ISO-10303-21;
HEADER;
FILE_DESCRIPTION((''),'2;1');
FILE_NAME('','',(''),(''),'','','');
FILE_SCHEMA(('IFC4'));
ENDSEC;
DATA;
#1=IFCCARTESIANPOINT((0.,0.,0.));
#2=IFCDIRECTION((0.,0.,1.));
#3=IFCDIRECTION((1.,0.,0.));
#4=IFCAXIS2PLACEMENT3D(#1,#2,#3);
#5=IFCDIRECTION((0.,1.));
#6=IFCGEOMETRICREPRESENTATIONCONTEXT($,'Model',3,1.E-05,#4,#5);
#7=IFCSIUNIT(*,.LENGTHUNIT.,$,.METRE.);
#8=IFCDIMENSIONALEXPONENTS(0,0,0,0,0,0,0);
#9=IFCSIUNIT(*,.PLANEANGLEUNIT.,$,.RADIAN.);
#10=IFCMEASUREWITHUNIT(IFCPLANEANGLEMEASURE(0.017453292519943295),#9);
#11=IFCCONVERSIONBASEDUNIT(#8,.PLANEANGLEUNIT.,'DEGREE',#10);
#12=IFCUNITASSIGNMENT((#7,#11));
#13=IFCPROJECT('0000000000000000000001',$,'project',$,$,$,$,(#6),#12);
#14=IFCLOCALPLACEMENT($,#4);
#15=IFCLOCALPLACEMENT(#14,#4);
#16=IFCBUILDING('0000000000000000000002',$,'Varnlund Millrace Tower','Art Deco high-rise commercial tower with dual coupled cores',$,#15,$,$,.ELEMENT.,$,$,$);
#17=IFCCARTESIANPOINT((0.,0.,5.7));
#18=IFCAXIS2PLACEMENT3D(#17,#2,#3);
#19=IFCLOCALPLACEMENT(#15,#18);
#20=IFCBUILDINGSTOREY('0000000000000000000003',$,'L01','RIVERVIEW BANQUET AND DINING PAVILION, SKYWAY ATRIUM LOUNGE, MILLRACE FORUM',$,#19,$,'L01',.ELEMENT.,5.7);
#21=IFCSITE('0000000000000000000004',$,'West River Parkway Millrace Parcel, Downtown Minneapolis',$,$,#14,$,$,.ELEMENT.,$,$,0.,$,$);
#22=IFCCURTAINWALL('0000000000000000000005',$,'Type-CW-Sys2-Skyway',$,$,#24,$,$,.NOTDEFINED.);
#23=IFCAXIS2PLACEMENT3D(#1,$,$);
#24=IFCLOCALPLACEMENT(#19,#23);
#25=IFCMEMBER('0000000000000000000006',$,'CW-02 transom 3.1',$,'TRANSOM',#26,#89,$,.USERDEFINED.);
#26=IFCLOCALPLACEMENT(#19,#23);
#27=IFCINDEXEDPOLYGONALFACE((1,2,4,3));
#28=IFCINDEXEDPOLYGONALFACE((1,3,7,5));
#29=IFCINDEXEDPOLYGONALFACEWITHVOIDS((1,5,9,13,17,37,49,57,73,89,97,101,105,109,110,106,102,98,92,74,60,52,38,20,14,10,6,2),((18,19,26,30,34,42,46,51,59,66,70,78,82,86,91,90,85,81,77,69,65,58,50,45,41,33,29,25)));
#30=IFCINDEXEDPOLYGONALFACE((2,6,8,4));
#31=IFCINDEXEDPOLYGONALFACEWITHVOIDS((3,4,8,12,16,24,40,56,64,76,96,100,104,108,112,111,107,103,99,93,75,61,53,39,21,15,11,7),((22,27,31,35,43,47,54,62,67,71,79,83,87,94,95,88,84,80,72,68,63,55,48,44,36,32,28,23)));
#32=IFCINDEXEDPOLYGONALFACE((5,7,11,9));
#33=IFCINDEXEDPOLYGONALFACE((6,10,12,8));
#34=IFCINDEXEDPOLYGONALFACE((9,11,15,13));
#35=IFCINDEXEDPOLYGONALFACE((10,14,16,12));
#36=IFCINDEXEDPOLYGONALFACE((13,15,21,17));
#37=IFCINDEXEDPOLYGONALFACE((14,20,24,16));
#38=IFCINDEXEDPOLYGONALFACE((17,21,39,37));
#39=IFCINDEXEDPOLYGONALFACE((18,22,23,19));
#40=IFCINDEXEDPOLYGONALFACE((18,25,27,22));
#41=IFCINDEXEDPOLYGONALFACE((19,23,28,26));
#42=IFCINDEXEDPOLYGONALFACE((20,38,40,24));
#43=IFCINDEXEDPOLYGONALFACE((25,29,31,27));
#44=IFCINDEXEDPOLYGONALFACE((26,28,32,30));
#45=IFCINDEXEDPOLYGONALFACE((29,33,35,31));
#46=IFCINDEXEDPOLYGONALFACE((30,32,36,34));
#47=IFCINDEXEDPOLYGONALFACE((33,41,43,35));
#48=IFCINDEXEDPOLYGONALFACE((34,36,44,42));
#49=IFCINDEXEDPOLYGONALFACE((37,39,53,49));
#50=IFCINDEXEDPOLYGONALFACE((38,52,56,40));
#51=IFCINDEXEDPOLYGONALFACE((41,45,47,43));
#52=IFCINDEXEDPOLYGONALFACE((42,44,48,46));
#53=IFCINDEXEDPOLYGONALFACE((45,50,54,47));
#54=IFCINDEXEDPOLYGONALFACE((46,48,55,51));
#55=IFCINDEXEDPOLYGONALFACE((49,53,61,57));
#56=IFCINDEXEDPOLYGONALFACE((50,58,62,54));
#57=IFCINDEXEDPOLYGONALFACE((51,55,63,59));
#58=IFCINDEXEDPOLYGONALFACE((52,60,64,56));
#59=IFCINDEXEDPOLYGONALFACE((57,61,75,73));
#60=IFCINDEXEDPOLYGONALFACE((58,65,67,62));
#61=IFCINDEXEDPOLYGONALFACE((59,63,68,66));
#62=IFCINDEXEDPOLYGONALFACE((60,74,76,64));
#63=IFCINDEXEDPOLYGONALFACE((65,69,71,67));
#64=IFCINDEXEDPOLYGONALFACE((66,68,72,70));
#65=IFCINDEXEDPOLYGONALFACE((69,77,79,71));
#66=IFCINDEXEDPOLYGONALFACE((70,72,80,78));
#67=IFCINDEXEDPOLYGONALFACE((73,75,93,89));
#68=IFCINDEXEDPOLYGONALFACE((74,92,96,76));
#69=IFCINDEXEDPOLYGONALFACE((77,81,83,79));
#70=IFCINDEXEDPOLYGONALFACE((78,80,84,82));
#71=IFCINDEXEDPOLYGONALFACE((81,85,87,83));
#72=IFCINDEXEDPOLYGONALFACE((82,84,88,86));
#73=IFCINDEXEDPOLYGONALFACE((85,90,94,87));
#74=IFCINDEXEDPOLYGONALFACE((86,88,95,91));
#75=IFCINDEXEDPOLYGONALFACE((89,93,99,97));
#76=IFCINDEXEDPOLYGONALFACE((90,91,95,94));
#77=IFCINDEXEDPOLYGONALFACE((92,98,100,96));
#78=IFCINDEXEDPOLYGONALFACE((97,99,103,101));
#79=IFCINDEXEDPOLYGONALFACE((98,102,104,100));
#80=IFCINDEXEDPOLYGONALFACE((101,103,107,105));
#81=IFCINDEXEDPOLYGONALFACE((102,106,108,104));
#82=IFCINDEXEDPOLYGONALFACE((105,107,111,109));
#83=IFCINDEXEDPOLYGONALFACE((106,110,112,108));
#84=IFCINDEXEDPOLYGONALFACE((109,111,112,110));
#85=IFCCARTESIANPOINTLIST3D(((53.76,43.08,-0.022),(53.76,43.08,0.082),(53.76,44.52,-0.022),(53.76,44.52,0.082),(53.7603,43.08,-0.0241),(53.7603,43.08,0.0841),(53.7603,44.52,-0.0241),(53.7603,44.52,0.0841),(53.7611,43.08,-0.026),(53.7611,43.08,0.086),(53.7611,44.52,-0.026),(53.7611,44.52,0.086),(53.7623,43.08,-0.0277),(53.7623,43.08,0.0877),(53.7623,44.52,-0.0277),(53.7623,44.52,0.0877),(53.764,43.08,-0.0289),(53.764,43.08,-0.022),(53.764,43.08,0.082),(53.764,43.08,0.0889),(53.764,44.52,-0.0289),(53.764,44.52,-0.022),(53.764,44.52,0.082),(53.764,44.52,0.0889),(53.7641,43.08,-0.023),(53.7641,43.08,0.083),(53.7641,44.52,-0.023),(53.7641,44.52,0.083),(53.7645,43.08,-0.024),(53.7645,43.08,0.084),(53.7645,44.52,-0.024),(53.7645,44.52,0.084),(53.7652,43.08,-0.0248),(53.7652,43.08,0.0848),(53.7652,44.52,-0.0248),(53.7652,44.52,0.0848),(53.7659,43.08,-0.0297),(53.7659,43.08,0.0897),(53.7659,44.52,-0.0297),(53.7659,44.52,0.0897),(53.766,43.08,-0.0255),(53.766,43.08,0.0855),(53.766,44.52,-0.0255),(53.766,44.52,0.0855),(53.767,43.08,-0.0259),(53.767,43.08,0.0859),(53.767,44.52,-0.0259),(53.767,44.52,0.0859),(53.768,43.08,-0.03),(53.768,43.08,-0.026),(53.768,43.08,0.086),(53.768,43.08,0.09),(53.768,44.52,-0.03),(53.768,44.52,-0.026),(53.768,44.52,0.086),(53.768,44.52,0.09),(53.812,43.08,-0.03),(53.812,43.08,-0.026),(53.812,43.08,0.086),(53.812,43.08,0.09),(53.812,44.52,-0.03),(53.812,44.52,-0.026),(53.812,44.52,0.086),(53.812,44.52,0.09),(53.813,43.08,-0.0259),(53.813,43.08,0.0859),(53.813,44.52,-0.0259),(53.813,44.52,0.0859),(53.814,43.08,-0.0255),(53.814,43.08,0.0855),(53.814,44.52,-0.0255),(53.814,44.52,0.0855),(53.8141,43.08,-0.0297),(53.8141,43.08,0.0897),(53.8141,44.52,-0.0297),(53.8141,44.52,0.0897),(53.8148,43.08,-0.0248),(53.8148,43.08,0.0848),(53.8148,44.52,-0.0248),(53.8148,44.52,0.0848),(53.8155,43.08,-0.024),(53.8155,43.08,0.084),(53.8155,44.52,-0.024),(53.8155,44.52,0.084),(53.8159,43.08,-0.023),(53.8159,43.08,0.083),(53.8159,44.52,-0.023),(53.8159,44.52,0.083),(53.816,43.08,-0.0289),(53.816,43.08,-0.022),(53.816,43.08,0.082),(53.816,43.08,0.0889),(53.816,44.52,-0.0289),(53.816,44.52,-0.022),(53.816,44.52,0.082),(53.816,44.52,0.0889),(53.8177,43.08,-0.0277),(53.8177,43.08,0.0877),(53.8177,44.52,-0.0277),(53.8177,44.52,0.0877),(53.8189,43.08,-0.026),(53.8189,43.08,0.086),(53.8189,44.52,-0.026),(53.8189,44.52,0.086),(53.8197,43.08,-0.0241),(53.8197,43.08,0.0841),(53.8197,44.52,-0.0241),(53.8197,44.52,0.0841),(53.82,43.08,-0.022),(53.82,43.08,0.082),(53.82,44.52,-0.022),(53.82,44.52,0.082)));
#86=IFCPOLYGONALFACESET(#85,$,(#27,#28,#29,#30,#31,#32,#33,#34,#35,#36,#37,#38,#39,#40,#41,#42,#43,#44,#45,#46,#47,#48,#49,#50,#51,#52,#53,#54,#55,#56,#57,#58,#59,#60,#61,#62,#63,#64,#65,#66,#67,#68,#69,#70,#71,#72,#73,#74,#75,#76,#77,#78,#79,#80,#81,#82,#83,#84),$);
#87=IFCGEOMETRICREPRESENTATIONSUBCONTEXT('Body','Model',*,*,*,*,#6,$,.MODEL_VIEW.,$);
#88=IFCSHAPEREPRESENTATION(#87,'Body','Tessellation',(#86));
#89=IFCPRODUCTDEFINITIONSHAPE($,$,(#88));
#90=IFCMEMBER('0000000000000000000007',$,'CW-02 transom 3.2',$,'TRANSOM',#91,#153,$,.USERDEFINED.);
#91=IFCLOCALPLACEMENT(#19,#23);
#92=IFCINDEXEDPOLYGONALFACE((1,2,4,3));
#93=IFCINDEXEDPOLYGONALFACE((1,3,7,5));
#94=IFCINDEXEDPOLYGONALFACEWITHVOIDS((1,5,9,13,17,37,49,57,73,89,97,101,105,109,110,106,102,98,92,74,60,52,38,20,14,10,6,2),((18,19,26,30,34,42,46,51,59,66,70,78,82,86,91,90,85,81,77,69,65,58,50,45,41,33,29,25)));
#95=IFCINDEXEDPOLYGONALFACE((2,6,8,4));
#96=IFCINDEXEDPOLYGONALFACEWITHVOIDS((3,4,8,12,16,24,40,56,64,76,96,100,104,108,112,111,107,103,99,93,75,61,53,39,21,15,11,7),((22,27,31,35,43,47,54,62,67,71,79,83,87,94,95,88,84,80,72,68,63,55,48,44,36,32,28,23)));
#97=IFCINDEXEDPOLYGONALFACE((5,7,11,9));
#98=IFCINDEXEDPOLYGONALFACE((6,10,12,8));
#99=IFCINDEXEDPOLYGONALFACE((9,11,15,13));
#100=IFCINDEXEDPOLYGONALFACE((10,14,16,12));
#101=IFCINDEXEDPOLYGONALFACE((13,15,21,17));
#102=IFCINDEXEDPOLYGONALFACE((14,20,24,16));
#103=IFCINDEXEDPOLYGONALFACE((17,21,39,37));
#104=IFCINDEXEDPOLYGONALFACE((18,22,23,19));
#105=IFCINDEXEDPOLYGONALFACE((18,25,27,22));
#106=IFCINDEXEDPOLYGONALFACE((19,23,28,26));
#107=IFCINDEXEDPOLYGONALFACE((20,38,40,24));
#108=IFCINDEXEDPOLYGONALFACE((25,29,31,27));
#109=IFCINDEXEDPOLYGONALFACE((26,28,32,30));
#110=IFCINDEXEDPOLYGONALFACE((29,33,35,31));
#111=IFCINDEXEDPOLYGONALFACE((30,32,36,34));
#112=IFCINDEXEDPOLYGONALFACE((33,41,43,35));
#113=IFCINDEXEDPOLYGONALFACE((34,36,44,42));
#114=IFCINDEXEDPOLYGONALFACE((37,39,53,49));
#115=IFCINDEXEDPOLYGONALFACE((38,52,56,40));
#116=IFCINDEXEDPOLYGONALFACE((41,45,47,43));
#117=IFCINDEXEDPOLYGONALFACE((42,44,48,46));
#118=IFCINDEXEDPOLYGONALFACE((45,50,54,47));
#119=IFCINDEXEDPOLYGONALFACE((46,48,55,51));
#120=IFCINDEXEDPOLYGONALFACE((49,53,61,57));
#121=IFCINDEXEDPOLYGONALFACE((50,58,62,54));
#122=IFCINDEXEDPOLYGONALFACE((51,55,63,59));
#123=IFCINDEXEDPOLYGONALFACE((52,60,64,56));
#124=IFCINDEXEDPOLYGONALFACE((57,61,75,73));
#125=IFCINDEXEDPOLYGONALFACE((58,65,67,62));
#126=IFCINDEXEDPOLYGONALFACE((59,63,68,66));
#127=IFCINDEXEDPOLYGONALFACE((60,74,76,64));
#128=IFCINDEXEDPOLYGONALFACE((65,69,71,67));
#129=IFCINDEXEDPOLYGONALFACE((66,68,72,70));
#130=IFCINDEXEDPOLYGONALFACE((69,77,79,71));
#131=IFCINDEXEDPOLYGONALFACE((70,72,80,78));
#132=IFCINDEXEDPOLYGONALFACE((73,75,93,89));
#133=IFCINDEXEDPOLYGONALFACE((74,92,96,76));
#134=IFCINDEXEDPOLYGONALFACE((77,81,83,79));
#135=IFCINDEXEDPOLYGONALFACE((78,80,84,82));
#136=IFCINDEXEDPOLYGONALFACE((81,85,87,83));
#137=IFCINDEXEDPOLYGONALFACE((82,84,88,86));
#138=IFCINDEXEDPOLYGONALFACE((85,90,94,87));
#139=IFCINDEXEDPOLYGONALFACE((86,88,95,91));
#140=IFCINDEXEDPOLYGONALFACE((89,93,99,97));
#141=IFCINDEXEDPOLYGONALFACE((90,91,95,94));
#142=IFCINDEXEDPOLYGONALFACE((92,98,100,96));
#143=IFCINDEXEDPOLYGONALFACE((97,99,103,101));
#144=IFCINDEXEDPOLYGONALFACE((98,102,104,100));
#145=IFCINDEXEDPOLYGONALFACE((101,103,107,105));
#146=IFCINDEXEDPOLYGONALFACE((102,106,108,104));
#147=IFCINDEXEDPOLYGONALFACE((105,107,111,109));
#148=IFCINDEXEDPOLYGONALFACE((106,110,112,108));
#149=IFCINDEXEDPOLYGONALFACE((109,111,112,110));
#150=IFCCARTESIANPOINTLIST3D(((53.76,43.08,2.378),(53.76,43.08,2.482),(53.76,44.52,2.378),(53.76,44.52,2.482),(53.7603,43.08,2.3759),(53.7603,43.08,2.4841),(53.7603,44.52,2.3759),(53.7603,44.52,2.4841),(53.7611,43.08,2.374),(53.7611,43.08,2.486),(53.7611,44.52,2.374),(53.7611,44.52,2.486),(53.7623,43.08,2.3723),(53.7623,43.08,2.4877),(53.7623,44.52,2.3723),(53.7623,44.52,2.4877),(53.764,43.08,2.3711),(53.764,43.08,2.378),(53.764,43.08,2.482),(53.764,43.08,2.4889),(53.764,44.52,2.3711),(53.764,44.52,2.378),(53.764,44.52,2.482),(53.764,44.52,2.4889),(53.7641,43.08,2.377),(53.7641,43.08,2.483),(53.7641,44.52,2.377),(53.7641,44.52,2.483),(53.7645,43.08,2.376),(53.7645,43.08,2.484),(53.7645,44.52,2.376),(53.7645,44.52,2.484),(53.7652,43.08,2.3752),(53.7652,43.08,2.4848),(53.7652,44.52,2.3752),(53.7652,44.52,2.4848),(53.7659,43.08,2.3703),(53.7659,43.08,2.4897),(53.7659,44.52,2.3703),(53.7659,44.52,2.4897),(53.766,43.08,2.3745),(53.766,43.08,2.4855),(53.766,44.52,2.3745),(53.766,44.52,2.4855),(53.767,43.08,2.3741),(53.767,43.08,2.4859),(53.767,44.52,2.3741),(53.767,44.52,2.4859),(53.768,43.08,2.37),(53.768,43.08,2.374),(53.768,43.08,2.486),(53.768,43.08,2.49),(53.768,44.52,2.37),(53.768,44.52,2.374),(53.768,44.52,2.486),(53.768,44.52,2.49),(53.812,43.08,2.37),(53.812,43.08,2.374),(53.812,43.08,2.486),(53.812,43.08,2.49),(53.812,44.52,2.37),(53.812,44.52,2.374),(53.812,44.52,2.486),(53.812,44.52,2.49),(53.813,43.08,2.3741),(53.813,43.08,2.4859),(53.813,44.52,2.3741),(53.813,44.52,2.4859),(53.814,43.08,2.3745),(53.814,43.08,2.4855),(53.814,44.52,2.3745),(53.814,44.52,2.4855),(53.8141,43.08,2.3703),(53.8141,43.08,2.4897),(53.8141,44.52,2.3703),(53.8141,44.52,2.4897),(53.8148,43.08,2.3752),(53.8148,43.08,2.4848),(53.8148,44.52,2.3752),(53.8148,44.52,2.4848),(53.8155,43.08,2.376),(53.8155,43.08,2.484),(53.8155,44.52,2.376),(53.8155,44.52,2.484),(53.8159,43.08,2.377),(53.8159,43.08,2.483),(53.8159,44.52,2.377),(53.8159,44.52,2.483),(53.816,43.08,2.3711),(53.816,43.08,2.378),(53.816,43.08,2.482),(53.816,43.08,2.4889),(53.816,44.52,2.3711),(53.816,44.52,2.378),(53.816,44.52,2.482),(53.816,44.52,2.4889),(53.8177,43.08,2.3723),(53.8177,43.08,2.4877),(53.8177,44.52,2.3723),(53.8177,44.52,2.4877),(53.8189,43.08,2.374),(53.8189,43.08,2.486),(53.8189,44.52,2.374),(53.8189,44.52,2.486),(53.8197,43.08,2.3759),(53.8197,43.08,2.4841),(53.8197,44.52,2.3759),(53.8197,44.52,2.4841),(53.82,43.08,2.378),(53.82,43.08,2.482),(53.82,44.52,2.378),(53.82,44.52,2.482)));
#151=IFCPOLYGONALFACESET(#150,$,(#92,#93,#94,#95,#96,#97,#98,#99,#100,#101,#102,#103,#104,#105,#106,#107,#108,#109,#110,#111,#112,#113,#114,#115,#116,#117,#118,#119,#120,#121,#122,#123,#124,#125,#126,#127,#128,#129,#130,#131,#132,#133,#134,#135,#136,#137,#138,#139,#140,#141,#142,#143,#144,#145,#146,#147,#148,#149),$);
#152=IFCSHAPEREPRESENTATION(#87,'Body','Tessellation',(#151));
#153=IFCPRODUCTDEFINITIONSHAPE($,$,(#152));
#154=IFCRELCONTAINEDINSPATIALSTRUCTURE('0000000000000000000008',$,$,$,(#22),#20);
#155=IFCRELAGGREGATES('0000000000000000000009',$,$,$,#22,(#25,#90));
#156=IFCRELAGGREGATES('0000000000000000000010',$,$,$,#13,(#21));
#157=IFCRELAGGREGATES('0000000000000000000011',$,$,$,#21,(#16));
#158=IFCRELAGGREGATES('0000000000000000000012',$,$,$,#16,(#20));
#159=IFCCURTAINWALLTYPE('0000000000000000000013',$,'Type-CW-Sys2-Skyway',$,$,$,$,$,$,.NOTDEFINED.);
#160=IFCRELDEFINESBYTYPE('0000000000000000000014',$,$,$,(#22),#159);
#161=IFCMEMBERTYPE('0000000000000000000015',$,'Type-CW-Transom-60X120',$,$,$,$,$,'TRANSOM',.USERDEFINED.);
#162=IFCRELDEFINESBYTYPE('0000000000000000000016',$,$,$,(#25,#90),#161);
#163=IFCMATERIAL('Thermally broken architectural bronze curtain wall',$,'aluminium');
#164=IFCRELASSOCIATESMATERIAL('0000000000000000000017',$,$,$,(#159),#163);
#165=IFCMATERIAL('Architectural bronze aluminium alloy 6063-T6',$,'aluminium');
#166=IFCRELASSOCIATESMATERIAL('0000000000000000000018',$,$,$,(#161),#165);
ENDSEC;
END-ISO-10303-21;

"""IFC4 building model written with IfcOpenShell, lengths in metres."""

from ifc_helpers import new_model, entity, si_unit, converted_unit, direction, frame, origin_with_axes, origin_2d_with_axis, place, context, subcontext, project, spatial, hollow_rectangle, extrude, material, material_profile, profile_set, type_object, element, aggregate, save


model = new_model("IFC4")

# Units and contexts
model_context = context("Model", 3, precision=1e-05, world=origin_with_axes(), true_north=direction((0.0, 1.0)))
body_context = subcontext(model_context, "Body", "Model", "MODEL_VIEW")
ifc_project = project(units=[si_unit("LENGTHUNIT", "METRE"), converted_unit("PLANEANGLEUNIT", "DEGREE", entity("IfcPlaneAngleMeasure", 0.017453292519943295), si_unit("PLANEANGLEUNIT", "RADIAN"), dimensions=[0, 0, 0, 0, 0, 0, 0])], contexts=[model_context])

# Site, building, storey
site_placement = place(None, origin_with_axes())
site = spatial("IfcSite", under=ifc_project, at=site_placement, Name="West River Parkway Millrace Parcel, Downtown Minneapolis", CompositionType="ELEMENT", RefElevation=0.0)
building_placement = place(site_placement, origin_with_axes())
building = spatial("IfcBuilding", under=site, at=building_placement, Name="Varnlund Millrace Tower", Description="Art Deco high-rise commercial tower with dual coupled cores", CompositionType="ELEMENT")
storey_placement = place(building_placement, frame((0.0, 0.0, 5.7), z_axis=(0.0, 0.0, 1.0), x_axis=(1.0, 0.0, 0.0)))
storey = spatial("IfcBuildingStorey", under=building, at=storey_placement, Name="L01", Description="RIVERVIEW BANQUET AND DINING PAVILION, SKYWAY ATRIUM LOUNGE, MILLRACE FORUM", LongName="L01", CompositionType="ELEMENT", Elevation=5.7)

# Curtain wall
ifc_material_1 = material(Name="Thermally broken architectural bronze curtain wall", Category="aluminium")
curtain_wall_type = type_object("IfcCurtainWallType", Name="Type-CW-Sys2-Skyway", PredefinedType="NOTDEFINED", material=ifc_material_1)
curtain_wall_1_placement = place(storey_placement, frame((53.79, 47.55, 0.0), z_axis=(0.0, 0.0, 1.0), x_axis=(1.0, 0.0, 0.0)))
curtain_wall_1 = element("IfcCurtainWall", 1, at=curtain_wall_1_placement, inside=storey, type_object=curtain_wall_type, Name="Type-CW-Sys2-Skyway", PredefinedType="NOTDEFINED")
ifc_material_2 = material(Name="Architectural bronze aluminium alloy 6063-T6", Category="aluminium")

# Members
ifc_material_profile_1 = material_profile(ifc_material_2, hollow_rectangle(XDim=0.06, YDim=0.12, WallThickness=0.004, InnerFilletRadius=0.004, OuterFilletRadius=0.008, at=origin_2d_with_axis()), Name="Architectural bronze aluminium alloy 6063-T6")
ifc_profile_set_1 = profile_set([ifc_material_profile_1], Name="Architectural bronze aluminium alloy 6063-T6")
member_type_1 = type_object("IfcMemberType", Name="Type-CW-Transom-60X120", ElementType="TRANSOM", PredefinedType="USERDEFINED", material=ifc_profile_set_1)
member_1_placement = place(storey_placement, frame((53.79, 44.52, 0.03), z_axis=(0.0, -1.0, 0.0), x_axis=(1.0, 0.0, 0.0)))
member_1 = element("IfcMember", 2, at=member_1_placement, type_object=member_type_1, Name="CW-02 transom 3.1", ObjectType="TRANSOM", PredefinedType="USERDEFINED", context=body_context, shape_type="SweptSolid", body=[
    extrude(hollow_rectangle(XDim=0.06, YDim=0.12, WallThickness=0.004, InnerFilletRadius=0.004, OuterFilletRadius=0.008, at=origin_2d_with_axis()), origin_with_axes(), (0.0, 0.0, 1.0), 1.44),
])
member_2_placement = place(storey_placement, frame((53.79, 44.52, 2.43), z_axis=(0.0, -1.0, 0.0), x_axis=(1.0, 0.0, 0.0)))
member_2 = element("IfcMember", 3, at=member_2_placement, type_object=member_type_1, Name="CW-02 transom 3.2", ObjectType="TRANSOM", PredefinedType="USERDEFINED", context=body_context, shape_type="SweptSolid", body=[
    extrude(hollow_rectangle(XDim=0.06, YDim=0.12, WallThickness=0.004, InnerFilletRadius=0.004, OuterFilletRadius=0.008, at=origin_2d_with_axis()), origin_with_axes(), (0.0, 0.0, 1.0), 1.44),
])

aggregate(curtain_wall_1, [member_1, member_2])

save(model, "model.ifc")
